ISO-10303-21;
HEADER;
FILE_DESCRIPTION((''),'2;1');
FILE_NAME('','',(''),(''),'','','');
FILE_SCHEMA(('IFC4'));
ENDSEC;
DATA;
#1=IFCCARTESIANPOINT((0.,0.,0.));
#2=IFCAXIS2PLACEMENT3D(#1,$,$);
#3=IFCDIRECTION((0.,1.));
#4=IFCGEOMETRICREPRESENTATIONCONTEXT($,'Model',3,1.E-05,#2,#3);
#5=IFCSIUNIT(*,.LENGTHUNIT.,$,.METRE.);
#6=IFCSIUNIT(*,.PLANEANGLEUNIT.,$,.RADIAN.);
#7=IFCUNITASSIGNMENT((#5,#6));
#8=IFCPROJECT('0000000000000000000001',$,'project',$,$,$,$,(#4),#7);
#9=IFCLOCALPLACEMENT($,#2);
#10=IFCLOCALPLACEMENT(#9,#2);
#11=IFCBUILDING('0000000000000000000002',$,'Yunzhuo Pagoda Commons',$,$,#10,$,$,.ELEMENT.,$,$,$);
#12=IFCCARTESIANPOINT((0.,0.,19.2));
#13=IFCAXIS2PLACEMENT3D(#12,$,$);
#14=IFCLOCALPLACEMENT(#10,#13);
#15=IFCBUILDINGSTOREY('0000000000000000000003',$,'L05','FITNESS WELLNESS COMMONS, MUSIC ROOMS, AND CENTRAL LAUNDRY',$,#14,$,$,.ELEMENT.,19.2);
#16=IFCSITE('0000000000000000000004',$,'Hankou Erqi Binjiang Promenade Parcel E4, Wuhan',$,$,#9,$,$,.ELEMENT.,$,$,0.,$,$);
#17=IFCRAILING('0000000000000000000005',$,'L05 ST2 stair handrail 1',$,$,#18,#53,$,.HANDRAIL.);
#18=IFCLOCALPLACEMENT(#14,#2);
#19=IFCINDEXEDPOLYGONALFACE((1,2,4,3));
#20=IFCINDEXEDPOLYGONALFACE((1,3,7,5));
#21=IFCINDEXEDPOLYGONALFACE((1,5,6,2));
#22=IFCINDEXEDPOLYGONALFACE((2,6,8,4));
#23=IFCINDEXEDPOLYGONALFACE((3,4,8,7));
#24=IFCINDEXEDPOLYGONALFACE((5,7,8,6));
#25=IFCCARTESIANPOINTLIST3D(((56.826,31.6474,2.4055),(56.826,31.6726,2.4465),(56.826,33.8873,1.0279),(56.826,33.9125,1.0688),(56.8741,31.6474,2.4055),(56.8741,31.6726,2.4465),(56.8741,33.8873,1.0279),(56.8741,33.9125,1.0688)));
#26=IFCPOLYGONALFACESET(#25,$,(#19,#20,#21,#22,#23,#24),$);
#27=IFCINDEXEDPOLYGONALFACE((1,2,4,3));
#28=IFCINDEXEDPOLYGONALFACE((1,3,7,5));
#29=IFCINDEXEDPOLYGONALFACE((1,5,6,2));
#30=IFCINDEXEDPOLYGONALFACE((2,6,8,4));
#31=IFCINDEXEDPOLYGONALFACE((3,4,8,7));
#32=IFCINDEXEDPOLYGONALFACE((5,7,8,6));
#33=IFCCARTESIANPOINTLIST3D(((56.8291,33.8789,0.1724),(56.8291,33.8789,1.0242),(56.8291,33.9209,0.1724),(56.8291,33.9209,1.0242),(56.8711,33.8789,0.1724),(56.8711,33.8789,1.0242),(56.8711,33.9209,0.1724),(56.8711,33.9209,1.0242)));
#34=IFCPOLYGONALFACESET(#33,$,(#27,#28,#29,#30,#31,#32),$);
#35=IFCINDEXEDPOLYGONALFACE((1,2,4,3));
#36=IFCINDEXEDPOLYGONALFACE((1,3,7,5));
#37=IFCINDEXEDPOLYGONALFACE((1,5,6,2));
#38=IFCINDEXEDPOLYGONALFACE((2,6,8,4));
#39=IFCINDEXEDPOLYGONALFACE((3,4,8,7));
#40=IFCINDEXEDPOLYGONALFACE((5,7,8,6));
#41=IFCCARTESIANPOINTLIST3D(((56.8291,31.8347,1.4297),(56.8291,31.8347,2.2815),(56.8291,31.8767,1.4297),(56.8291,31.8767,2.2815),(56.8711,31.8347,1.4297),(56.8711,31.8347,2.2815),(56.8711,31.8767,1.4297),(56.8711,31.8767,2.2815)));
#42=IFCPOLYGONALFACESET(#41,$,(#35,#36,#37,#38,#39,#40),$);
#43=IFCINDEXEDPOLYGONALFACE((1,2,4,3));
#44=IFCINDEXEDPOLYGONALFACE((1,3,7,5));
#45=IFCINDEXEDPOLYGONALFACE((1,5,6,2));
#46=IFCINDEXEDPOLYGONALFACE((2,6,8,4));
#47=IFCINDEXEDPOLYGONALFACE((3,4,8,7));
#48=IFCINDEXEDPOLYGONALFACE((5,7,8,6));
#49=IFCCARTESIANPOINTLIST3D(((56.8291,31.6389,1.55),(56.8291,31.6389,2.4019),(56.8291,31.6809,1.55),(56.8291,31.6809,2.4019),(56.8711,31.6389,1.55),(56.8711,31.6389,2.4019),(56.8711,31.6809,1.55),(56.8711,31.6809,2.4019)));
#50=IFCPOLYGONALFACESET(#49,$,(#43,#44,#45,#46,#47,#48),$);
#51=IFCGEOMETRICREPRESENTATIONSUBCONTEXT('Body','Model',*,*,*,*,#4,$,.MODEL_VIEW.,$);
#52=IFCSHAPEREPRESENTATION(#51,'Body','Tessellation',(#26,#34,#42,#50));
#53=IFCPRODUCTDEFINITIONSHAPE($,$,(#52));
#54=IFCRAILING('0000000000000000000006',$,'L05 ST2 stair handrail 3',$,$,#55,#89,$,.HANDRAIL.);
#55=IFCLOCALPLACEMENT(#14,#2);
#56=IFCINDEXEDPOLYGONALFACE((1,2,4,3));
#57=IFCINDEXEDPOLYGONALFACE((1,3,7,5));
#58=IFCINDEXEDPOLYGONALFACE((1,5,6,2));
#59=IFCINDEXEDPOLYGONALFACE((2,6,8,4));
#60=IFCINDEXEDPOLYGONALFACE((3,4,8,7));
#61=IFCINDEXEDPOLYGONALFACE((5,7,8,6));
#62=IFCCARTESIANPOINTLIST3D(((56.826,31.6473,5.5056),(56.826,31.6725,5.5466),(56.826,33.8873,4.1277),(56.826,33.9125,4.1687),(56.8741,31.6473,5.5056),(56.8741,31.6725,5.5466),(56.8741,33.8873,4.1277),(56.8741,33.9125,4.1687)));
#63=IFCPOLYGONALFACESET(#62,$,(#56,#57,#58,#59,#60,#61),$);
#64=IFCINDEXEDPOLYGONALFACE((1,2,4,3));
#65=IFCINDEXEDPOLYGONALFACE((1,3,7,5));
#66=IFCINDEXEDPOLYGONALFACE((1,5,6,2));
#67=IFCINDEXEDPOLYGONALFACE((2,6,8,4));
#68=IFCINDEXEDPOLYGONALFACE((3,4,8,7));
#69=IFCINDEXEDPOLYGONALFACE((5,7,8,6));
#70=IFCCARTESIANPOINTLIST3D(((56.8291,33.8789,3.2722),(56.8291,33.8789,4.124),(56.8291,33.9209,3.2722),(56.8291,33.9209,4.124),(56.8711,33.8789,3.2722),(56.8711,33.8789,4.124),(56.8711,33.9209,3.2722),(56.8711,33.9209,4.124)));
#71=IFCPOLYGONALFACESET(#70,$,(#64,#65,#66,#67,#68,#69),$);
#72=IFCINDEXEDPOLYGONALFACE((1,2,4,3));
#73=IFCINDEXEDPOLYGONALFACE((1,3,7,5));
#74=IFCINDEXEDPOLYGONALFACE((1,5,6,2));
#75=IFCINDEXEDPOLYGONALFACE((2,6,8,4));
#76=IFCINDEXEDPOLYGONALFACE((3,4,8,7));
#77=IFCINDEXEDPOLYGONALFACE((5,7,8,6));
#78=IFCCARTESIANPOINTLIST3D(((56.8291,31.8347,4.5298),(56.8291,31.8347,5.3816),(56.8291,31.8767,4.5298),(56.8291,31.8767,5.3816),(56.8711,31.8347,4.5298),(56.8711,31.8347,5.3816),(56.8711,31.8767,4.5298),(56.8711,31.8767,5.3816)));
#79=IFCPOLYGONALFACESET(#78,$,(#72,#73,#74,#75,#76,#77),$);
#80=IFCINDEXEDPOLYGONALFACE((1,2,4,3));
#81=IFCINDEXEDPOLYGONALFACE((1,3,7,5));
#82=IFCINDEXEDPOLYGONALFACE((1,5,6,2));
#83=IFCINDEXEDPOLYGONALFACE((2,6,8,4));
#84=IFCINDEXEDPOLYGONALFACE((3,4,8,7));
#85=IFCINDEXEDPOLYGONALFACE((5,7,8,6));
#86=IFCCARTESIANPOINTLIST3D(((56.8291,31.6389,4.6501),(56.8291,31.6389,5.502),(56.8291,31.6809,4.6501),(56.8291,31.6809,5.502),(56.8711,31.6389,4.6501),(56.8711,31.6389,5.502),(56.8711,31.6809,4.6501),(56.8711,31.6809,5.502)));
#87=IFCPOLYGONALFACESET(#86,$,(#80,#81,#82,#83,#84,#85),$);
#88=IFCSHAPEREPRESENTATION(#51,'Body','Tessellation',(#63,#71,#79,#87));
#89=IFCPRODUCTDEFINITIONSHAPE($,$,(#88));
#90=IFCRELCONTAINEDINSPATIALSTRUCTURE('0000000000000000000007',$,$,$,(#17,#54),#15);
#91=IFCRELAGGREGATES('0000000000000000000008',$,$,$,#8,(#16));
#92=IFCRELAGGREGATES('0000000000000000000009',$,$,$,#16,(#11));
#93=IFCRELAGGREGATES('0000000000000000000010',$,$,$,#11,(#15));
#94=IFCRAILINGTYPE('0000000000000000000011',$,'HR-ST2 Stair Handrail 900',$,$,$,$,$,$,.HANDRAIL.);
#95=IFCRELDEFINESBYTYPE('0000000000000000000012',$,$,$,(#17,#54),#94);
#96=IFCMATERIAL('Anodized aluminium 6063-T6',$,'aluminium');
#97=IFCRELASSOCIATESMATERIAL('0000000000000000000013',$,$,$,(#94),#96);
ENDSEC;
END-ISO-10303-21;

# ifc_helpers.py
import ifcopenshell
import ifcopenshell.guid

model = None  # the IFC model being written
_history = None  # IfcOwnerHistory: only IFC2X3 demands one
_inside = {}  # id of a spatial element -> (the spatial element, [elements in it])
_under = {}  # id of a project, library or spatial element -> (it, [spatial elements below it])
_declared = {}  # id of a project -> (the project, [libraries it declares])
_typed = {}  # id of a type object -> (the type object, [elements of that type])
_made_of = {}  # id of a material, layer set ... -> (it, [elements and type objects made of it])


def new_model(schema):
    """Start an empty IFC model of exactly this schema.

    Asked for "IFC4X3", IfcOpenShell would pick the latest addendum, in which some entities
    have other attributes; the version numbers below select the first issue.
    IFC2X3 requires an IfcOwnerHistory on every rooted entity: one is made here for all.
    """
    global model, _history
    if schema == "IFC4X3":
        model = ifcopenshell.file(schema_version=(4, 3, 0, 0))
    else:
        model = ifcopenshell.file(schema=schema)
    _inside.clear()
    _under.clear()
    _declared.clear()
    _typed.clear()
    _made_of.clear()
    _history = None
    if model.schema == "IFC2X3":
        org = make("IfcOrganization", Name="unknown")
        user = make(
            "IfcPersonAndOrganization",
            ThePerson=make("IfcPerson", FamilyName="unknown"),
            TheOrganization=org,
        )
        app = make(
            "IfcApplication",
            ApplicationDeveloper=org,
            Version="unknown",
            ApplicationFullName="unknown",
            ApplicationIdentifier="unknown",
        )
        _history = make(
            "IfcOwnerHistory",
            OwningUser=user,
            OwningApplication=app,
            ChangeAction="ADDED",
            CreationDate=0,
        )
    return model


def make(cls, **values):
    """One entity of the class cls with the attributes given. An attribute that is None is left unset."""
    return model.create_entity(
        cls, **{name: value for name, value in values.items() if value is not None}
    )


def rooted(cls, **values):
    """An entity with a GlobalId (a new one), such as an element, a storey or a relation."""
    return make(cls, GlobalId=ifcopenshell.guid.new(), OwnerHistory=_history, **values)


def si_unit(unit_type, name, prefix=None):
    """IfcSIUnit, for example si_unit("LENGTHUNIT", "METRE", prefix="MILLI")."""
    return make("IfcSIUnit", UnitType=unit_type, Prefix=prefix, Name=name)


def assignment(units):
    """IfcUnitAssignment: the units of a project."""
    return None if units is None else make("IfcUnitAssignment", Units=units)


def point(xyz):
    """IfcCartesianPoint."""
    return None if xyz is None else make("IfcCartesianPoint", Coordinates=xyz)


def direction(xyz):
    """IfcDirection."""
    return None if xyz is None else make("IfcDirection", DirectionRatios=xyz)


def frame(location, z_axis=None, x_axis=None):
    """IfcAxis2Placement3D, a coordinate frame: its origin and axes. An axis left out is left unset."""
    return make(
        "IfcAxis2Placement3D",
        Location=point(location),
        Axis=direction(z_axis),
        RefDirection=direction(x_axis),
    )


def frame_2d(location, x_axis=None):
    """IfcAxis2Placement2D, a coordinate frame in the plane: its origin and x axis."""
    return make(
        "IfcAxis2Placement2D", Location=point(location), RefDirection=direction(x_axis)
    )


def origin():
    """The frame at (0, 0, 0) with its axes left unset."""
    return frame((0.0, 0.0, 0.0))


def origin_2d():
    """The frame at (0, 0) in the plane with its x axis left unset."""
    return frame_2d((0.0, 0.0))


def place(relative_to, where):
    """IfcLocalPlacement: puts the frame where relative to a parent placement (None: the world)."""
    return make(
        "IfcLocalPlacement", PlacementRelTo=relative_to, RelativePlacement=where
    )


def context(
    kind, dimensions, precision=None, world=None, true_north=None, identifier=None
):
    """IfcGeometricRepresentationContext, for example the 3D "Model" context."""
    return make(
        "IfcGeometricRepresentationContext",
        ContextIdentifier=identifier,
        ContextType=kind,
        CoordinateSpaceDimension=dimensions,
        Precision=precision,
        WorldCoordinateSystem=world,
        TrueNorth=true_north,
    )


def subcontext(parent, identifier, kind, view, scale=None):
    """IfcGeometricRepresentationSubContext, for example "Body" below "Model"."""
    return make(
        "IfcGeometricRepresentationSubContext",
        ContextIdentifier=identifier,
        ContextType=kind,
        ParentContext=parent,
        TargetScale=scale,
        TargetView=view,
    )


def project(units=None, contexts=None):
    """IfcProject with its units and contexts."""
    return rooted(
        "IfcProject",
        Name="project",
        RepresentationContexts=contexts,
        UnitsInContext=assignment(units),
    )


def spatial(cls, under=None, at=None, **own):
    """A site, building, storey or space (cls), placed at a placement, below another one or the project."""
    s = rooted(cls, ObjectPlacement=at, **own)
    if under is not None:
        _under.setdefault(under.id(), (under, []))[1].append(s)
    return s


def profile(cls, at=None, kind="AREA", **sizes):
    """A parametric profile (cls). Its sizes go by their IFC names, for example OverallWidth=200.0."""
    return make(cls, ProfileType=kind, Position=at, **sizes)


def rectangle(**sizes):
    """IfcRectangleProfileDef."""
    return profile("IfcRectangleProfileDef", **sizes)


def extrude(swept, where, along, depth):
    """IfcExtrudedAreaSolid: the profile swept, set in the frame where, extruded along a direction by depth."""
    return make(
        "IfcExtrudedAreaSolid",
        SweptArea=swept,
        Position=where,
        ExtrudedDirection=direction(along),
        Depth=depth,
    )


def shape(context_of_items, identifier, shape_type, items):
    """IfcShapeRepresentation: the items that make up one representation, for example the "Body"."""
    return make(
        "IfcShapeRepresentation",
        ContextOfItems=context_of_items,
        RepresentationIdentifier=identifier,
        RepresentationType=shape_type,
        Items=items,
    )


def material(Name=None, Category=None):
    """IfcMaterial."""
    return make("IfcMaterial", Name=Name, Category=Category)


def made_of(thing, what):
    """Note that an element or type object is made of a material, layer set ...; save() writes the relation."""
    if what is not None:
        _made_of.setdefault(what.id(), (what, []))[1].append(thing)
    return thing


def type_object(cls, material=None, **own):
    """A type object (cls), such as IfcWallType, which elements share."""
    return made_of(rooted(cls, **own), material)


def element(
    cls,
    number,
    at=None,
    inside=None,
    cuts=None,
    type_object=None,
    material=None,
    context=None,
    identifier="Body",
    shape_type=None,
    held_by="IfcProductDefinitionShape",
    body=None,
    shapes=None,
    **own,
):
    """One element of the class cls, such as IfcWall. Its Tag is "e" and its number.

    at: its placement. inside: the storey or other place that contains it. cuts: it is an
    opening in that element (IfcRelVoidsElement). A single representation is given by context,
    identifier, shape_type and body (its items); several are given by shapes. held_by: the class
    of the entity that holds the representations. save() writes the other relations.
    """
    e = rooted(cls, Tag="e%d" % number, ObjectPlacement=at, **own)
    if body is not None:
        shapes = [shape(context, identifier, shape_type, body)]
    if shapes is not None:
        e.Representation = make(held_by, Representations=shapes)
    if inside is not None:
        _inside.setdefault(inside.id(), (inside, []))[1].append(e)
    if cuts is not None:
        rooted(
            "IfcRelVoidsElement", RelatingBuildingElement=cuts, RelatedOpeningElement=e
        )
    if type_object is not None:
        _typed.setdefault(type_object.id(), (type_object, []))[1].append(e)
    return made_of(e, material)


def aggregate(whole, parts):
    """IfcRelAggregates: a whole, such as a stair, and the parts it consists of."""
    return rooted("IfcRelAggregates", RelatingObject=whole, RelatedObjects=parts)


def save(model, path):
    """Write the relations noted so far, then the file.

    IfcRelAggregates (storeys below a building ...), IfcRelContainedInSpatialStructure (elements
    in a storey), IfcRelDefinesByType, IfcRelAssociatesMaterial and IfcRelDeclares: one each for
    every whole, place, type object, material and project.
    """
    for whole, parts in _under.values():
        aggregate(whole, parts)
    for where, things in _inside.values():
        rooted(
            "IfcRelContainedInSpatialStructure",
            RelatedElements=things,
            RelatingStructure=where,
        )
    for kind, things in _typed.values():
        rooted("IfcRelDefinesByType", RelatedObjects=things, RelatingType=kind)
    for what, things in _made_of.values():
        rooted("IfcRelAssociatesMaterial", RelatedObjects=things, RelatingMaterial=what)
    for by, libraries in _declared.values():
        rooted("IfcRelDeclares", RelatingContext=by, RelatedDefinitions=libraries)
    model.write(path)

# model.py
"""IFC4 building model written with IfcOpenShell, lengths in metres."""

from ifc_helpers import new_model, si_unit, direction, frame, origin, origin_2d, place, context, subcontext, project, spatial, rectangle, extrude, material, type_object, element, save


model = new_model("IFC4")

# Units and contexts
model_context = context("Model", 3, precision=1e-05, world=origin(), true_north=direction((0.0, 1.0)))
body_context = subcontext(model_context, "Body", "Model", "MODEL_VIEW")
ifc_project = project(units=[si_unit("LENGTHUNIT", "METRE"), si_unit("PLANEANGLEUNIT", "RADIAN")], contexts=[model_context])

# Site, building, storey
site_placement = place(None, origin())
site = spatial("IfcSite", under=ifc_project, at=site_placement, Name="Hankou Erqi Binjiang Promenade Parcel E4, Wuhan", CompositionType="ELEMENT", RefElevation=0.0)
building_placement = place(site_placement, origin())
building = spatial("IfcBuilding", under=site, at=building_placement, Name="Yunzhuo Pagoda Commons", CompositionType="ELEMENT")
storey_placement = place(building_placement, frame((0.0, 0.0, 19.2)))
storey = spatial("IfcBuildingStorey", under=building, at=storey_placement, Name="L05", Description="FITNESS WELLNESS COMMONS, MUSIC ROOMS, AND CENTRAL LAUNDRY", CompositionType="ELEMENT", Elevation=19.2)

# Railings
ifc_material_1 = material(Name="Anodized aluminium 6063-T6", Category="aluminium")
railing_type_1 = type_object("IfcRailingType", Name="HR-ST2 Stair Handrail 900", PredefinedType="HANDRAIL", material=ifc_material_1)
railing_1_placement = place(storey_placement, frame((56.8501, 33.8999, 0.1724)))
element("IfcRailing", 1, at=railing_1_placement, inside=storey, type_object=railing_type_1, Name="L05 ST2 stair handrail 1", PredefinedType="HANDRAIL", context=body_context, shape_type="SweptSolid", body=[
    extrude(rectangle(XDim=0.0481, YDim=0.0481, at=origin_2d()), frame((0.0, 0.0, 0.876), z_axis=(0.0, -0.851789, 0.523885), x_axis=(1.0, 0.0, 0.0)), (0.0, 0.0, 1.0), 2.6296),
    extrude(rectangle(XDim=0.042, YDim=0.042, at=origin_2d()), origin(), (0.0, 0.0, 1.0), 0.8518),
    extrude(rectangle(XDim=0.042, YDim=0.042, at=origin_2d()), frame((0.0, -2.0442, 1.2573)), (0.0, 0.0, 1.0), 0.8518),
    extrude(rectangle(XDim=0.042, YDim=0.042, at=origin_2d()), frame((0.0, -2.24, 1.3777)), (0.0, 0.0, 1.0), 0.8518),
])
railing_2_placement = place(storey_placement, frame((56.8501, 33.8999, 3.2722)))
element("IfcRailing", 2, at=railing_2_placement, inside=storey, type_object=railing_type_1, Name="L05 ST2 stair handrail 3", PredefinedType="HANDRAIL", context=body_context, shape_type="SweptSolid", body=[
    extrude(rectangle(XDim=0.0481, YDim=0.0481, at=origin_2d()), frame((0.0, 0.0, 0.876), z_axis=(0.0, -0.851748, 0.523952), x_axis=(1.0, 0.0, 0.0)), (0.0, 0.0, 1.0), 2.6299),
    extrude(rectangle(XDim=0.042, YDim=0.042, at=origin_2d()), origin(), (0.0, 0.0, 1.0), 0.8518),
    extrude(rectangle(XDim=0.042, YDim=0.042, at=origin_2d()), frame((0.0, -2.0442, 1.2576)), (0.0, 0.0, 1.0), 0.8518),
    extrude(rectangle(XDim=0.042, YDim=0.042, at=origin_2d()), frame((0.0, -2.24, 1.3779)), (0.0, 0.0, 1.0), 0.8518),
])

save(model, "model.ifc")
